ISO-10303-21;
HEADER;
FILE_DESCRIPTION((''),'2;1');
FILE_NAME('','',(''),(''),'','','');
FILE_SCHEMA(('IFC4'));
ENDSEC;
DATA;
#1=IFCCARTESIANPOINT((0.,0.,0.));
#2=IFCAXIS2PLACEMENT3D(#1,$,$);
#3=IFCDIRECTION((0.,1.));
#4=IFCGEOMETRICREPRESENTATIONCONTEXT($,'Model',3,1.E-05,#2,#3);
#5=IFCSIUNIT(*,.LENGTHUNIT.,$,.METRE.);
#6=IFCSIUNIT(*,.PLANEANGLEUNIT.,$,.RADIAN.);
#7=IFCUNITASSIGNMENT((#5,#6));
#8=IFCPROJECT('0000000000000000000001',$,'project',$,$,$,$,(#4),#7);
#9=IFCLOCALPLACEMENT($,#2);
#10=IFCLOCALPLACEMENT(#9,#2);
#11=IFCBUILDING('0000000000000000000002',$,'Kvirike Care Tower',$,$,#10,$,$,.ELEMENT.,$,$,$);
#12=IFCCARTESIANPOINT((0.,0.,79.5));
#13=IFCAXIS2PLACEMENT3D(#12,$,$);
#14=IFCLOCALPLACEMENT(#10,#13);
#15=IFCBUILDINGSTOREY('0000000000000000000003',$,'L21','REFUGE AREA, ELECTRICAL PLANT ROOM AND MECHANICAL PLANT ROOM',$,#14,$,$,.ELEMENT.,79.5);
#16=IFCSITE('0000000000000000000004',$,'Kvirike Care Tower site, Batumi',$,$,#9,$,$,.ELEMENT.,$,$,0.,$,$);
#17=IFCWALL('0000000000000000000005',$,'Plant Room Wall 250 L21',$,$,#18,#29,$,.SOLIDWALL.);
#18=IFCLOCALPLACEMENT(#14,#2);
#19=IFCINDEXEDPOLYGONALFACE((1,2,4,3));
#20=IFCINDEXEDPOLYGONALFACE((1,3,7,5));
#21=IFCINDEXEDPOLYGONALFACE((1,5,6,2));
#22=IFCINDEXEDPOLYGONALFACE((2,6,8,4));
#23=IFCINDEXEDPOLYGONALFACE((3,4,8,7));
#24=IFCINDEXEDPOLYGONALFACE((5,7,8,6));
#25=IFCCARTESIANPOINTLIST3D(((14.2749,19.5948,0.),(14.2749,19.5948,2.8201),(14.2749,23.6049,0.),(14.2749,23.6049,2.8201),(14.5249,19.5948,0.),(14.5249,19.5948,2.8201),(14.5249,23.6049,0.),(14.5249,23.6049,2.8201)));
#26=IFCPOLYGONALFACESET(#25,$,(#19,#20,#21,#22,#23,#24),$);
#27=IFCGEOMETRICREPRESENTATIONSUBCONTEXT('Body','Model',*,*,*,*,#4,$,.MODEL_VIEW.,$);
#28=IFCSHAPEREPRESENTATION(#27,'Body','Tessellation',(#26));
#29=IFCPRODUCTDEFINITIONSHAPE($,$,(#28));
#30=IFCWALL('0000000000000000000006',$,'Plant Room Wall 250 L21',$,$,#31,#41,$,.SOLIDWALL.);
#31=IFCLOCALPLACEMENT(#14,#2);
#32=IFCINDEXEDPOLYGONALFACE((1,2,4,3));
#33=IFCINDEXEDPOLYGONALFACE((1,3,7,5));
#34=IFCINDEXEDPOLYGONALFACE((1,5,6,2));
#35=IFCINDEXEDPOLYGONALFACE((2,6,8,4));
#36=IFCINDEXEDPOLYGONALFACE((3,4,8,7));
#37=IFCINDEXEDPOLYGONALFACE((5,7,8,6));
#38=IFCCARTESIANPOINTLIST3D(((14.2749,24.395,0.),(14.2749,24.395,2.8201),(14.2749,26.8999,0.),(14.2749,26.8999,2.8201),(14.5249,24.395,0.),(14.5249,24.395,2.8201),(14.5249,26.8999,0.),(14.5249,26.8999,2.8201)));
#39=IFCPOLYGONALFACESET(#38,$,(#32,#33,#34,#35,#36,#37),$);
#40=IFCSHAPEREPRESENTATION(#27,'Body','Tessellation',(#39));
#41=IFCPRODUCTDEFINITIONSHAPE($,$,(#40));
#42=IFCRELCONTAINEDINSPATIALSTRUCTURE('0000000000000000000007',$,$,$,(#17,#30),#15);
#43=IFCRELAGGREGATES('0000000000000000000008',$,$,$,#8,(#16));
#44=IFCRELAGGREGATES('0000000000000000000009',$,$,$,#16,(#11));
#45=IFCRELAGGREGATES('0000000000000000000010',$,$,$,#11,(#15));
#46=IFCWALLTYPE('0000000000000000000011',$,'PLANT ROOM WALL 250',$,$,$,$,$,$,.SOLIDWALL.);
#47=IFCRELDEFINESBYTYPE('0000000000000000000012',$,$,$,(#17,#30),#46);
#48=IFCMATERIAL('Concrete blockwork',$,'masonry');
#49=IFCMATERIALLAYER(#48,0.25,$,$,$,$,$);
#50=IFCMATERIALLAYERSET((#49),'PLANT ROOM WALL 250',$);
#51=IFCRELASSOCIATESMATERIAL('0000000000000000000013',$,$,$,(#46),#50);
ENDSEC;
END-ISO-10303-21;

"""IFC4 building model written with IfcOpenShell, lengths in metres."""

from ifc_helpers import new_model, si_unit, direction, frame, frame_2d, origin, place, context, subcontext, project, spatial, rectangle, extrude, material, layer, layer_set, type_object, element, save


model = new_model("IFC4")

# Units and contexts
model_context = context("Model", 3, precision=1e-05, world=origin(), true_north=direction((0.0, 1.0)))
body_context = subcontext(model_context, "Body", "Model", "MODEL_VIEW")
ifc_project = project(units=[si_unit("LENGTHUNIT", "METRE"), si_unit("PLANEANGLEUNIT", "RADIAN")], contexts=[model_context])

# Site, building, storey
site_placement = place(None, origin())
site = spatial("IfcSite", under=ifc_project, at=site_placement, Name="Kvirike Care Tower site, Batumi", CompositionType="ELEMENT", RefElevation=0.0)
building_placement = place(site_placement, origin())
building = spatial("IfcBuilding", under=site, at=building_placement, Name="Kvirike Care Tower", CompositionType="ELEMENT")
storey_placement = place(building_placement, frame((0.0, 0.0, 79.5)))
storey = spatial("IfcBuildingStorey", under=building, at=storey_placement, Name="L21", Description="REFUGE AREA, ELECTRICAL PLANT ROOM AND MECHANICAL PLANT ROOM", CompositionType="ELEMENT", Elevation=79.5)

# Shared definitions
ifc_material_1 = material(Name="Concrete blockwork", Category="masonry")
ifc_layer_1 = layer(ifc_material_1, 0.25)
ifc_layer_set_1 = layer_set([ifc_layer_1], Name="PLANT ROOM WALL 250")
wall_type_1 = type_object("IfcWallType", Name="PLANT ROOM WALL 250", PredefinedType="SOLIDWALL", material=ifc_layer_set_1)

# Walls
wall_1_placement = place(storey_placement, frame((14.3999, 19.595, 0.0), z_axis=(0.0, 0.0, 1.0), x_axis=(0.0, 1.0, 0.0)))
element("IfcWall", 1, at=wall_1_placement, inside=storey, type_object=wall_type_1, Name="Plant Room Wall 250 L21", PredefinedType="SOLIDWALL", context=body_context, shape_type="SweptSolid", body=[
    extrude(rectangle(XDim=4.01, YDim=0.25, at=frame_2d((2.0049, 0.0))), origin(), (0.0, 0.0, 1.0), 2.8201),
])
wall_2_placement = place(storey_placement, frame((14.3999, 24.395, 0.0), z_axis=(0.0, 0.0, 1.0), x_axis=(0.0, 1.0, 0.0)))
element("IfcWall", 2, at=wall_2_placement, inside=storey, type_object=wall_type_1, Name="Plant Room Wall 250 L21", PredefinedType="SOLIDWALL", context=body_context, shape_type="SweptSolid", body=[
    extrude(rectangle(XDim=2.5049, YDim=0.25, at=frame_2d((1.2524, 0.0))), origin(), (0.0, 0.0, 1.0), 2.8201),
])

save(model, "model.ifc")
